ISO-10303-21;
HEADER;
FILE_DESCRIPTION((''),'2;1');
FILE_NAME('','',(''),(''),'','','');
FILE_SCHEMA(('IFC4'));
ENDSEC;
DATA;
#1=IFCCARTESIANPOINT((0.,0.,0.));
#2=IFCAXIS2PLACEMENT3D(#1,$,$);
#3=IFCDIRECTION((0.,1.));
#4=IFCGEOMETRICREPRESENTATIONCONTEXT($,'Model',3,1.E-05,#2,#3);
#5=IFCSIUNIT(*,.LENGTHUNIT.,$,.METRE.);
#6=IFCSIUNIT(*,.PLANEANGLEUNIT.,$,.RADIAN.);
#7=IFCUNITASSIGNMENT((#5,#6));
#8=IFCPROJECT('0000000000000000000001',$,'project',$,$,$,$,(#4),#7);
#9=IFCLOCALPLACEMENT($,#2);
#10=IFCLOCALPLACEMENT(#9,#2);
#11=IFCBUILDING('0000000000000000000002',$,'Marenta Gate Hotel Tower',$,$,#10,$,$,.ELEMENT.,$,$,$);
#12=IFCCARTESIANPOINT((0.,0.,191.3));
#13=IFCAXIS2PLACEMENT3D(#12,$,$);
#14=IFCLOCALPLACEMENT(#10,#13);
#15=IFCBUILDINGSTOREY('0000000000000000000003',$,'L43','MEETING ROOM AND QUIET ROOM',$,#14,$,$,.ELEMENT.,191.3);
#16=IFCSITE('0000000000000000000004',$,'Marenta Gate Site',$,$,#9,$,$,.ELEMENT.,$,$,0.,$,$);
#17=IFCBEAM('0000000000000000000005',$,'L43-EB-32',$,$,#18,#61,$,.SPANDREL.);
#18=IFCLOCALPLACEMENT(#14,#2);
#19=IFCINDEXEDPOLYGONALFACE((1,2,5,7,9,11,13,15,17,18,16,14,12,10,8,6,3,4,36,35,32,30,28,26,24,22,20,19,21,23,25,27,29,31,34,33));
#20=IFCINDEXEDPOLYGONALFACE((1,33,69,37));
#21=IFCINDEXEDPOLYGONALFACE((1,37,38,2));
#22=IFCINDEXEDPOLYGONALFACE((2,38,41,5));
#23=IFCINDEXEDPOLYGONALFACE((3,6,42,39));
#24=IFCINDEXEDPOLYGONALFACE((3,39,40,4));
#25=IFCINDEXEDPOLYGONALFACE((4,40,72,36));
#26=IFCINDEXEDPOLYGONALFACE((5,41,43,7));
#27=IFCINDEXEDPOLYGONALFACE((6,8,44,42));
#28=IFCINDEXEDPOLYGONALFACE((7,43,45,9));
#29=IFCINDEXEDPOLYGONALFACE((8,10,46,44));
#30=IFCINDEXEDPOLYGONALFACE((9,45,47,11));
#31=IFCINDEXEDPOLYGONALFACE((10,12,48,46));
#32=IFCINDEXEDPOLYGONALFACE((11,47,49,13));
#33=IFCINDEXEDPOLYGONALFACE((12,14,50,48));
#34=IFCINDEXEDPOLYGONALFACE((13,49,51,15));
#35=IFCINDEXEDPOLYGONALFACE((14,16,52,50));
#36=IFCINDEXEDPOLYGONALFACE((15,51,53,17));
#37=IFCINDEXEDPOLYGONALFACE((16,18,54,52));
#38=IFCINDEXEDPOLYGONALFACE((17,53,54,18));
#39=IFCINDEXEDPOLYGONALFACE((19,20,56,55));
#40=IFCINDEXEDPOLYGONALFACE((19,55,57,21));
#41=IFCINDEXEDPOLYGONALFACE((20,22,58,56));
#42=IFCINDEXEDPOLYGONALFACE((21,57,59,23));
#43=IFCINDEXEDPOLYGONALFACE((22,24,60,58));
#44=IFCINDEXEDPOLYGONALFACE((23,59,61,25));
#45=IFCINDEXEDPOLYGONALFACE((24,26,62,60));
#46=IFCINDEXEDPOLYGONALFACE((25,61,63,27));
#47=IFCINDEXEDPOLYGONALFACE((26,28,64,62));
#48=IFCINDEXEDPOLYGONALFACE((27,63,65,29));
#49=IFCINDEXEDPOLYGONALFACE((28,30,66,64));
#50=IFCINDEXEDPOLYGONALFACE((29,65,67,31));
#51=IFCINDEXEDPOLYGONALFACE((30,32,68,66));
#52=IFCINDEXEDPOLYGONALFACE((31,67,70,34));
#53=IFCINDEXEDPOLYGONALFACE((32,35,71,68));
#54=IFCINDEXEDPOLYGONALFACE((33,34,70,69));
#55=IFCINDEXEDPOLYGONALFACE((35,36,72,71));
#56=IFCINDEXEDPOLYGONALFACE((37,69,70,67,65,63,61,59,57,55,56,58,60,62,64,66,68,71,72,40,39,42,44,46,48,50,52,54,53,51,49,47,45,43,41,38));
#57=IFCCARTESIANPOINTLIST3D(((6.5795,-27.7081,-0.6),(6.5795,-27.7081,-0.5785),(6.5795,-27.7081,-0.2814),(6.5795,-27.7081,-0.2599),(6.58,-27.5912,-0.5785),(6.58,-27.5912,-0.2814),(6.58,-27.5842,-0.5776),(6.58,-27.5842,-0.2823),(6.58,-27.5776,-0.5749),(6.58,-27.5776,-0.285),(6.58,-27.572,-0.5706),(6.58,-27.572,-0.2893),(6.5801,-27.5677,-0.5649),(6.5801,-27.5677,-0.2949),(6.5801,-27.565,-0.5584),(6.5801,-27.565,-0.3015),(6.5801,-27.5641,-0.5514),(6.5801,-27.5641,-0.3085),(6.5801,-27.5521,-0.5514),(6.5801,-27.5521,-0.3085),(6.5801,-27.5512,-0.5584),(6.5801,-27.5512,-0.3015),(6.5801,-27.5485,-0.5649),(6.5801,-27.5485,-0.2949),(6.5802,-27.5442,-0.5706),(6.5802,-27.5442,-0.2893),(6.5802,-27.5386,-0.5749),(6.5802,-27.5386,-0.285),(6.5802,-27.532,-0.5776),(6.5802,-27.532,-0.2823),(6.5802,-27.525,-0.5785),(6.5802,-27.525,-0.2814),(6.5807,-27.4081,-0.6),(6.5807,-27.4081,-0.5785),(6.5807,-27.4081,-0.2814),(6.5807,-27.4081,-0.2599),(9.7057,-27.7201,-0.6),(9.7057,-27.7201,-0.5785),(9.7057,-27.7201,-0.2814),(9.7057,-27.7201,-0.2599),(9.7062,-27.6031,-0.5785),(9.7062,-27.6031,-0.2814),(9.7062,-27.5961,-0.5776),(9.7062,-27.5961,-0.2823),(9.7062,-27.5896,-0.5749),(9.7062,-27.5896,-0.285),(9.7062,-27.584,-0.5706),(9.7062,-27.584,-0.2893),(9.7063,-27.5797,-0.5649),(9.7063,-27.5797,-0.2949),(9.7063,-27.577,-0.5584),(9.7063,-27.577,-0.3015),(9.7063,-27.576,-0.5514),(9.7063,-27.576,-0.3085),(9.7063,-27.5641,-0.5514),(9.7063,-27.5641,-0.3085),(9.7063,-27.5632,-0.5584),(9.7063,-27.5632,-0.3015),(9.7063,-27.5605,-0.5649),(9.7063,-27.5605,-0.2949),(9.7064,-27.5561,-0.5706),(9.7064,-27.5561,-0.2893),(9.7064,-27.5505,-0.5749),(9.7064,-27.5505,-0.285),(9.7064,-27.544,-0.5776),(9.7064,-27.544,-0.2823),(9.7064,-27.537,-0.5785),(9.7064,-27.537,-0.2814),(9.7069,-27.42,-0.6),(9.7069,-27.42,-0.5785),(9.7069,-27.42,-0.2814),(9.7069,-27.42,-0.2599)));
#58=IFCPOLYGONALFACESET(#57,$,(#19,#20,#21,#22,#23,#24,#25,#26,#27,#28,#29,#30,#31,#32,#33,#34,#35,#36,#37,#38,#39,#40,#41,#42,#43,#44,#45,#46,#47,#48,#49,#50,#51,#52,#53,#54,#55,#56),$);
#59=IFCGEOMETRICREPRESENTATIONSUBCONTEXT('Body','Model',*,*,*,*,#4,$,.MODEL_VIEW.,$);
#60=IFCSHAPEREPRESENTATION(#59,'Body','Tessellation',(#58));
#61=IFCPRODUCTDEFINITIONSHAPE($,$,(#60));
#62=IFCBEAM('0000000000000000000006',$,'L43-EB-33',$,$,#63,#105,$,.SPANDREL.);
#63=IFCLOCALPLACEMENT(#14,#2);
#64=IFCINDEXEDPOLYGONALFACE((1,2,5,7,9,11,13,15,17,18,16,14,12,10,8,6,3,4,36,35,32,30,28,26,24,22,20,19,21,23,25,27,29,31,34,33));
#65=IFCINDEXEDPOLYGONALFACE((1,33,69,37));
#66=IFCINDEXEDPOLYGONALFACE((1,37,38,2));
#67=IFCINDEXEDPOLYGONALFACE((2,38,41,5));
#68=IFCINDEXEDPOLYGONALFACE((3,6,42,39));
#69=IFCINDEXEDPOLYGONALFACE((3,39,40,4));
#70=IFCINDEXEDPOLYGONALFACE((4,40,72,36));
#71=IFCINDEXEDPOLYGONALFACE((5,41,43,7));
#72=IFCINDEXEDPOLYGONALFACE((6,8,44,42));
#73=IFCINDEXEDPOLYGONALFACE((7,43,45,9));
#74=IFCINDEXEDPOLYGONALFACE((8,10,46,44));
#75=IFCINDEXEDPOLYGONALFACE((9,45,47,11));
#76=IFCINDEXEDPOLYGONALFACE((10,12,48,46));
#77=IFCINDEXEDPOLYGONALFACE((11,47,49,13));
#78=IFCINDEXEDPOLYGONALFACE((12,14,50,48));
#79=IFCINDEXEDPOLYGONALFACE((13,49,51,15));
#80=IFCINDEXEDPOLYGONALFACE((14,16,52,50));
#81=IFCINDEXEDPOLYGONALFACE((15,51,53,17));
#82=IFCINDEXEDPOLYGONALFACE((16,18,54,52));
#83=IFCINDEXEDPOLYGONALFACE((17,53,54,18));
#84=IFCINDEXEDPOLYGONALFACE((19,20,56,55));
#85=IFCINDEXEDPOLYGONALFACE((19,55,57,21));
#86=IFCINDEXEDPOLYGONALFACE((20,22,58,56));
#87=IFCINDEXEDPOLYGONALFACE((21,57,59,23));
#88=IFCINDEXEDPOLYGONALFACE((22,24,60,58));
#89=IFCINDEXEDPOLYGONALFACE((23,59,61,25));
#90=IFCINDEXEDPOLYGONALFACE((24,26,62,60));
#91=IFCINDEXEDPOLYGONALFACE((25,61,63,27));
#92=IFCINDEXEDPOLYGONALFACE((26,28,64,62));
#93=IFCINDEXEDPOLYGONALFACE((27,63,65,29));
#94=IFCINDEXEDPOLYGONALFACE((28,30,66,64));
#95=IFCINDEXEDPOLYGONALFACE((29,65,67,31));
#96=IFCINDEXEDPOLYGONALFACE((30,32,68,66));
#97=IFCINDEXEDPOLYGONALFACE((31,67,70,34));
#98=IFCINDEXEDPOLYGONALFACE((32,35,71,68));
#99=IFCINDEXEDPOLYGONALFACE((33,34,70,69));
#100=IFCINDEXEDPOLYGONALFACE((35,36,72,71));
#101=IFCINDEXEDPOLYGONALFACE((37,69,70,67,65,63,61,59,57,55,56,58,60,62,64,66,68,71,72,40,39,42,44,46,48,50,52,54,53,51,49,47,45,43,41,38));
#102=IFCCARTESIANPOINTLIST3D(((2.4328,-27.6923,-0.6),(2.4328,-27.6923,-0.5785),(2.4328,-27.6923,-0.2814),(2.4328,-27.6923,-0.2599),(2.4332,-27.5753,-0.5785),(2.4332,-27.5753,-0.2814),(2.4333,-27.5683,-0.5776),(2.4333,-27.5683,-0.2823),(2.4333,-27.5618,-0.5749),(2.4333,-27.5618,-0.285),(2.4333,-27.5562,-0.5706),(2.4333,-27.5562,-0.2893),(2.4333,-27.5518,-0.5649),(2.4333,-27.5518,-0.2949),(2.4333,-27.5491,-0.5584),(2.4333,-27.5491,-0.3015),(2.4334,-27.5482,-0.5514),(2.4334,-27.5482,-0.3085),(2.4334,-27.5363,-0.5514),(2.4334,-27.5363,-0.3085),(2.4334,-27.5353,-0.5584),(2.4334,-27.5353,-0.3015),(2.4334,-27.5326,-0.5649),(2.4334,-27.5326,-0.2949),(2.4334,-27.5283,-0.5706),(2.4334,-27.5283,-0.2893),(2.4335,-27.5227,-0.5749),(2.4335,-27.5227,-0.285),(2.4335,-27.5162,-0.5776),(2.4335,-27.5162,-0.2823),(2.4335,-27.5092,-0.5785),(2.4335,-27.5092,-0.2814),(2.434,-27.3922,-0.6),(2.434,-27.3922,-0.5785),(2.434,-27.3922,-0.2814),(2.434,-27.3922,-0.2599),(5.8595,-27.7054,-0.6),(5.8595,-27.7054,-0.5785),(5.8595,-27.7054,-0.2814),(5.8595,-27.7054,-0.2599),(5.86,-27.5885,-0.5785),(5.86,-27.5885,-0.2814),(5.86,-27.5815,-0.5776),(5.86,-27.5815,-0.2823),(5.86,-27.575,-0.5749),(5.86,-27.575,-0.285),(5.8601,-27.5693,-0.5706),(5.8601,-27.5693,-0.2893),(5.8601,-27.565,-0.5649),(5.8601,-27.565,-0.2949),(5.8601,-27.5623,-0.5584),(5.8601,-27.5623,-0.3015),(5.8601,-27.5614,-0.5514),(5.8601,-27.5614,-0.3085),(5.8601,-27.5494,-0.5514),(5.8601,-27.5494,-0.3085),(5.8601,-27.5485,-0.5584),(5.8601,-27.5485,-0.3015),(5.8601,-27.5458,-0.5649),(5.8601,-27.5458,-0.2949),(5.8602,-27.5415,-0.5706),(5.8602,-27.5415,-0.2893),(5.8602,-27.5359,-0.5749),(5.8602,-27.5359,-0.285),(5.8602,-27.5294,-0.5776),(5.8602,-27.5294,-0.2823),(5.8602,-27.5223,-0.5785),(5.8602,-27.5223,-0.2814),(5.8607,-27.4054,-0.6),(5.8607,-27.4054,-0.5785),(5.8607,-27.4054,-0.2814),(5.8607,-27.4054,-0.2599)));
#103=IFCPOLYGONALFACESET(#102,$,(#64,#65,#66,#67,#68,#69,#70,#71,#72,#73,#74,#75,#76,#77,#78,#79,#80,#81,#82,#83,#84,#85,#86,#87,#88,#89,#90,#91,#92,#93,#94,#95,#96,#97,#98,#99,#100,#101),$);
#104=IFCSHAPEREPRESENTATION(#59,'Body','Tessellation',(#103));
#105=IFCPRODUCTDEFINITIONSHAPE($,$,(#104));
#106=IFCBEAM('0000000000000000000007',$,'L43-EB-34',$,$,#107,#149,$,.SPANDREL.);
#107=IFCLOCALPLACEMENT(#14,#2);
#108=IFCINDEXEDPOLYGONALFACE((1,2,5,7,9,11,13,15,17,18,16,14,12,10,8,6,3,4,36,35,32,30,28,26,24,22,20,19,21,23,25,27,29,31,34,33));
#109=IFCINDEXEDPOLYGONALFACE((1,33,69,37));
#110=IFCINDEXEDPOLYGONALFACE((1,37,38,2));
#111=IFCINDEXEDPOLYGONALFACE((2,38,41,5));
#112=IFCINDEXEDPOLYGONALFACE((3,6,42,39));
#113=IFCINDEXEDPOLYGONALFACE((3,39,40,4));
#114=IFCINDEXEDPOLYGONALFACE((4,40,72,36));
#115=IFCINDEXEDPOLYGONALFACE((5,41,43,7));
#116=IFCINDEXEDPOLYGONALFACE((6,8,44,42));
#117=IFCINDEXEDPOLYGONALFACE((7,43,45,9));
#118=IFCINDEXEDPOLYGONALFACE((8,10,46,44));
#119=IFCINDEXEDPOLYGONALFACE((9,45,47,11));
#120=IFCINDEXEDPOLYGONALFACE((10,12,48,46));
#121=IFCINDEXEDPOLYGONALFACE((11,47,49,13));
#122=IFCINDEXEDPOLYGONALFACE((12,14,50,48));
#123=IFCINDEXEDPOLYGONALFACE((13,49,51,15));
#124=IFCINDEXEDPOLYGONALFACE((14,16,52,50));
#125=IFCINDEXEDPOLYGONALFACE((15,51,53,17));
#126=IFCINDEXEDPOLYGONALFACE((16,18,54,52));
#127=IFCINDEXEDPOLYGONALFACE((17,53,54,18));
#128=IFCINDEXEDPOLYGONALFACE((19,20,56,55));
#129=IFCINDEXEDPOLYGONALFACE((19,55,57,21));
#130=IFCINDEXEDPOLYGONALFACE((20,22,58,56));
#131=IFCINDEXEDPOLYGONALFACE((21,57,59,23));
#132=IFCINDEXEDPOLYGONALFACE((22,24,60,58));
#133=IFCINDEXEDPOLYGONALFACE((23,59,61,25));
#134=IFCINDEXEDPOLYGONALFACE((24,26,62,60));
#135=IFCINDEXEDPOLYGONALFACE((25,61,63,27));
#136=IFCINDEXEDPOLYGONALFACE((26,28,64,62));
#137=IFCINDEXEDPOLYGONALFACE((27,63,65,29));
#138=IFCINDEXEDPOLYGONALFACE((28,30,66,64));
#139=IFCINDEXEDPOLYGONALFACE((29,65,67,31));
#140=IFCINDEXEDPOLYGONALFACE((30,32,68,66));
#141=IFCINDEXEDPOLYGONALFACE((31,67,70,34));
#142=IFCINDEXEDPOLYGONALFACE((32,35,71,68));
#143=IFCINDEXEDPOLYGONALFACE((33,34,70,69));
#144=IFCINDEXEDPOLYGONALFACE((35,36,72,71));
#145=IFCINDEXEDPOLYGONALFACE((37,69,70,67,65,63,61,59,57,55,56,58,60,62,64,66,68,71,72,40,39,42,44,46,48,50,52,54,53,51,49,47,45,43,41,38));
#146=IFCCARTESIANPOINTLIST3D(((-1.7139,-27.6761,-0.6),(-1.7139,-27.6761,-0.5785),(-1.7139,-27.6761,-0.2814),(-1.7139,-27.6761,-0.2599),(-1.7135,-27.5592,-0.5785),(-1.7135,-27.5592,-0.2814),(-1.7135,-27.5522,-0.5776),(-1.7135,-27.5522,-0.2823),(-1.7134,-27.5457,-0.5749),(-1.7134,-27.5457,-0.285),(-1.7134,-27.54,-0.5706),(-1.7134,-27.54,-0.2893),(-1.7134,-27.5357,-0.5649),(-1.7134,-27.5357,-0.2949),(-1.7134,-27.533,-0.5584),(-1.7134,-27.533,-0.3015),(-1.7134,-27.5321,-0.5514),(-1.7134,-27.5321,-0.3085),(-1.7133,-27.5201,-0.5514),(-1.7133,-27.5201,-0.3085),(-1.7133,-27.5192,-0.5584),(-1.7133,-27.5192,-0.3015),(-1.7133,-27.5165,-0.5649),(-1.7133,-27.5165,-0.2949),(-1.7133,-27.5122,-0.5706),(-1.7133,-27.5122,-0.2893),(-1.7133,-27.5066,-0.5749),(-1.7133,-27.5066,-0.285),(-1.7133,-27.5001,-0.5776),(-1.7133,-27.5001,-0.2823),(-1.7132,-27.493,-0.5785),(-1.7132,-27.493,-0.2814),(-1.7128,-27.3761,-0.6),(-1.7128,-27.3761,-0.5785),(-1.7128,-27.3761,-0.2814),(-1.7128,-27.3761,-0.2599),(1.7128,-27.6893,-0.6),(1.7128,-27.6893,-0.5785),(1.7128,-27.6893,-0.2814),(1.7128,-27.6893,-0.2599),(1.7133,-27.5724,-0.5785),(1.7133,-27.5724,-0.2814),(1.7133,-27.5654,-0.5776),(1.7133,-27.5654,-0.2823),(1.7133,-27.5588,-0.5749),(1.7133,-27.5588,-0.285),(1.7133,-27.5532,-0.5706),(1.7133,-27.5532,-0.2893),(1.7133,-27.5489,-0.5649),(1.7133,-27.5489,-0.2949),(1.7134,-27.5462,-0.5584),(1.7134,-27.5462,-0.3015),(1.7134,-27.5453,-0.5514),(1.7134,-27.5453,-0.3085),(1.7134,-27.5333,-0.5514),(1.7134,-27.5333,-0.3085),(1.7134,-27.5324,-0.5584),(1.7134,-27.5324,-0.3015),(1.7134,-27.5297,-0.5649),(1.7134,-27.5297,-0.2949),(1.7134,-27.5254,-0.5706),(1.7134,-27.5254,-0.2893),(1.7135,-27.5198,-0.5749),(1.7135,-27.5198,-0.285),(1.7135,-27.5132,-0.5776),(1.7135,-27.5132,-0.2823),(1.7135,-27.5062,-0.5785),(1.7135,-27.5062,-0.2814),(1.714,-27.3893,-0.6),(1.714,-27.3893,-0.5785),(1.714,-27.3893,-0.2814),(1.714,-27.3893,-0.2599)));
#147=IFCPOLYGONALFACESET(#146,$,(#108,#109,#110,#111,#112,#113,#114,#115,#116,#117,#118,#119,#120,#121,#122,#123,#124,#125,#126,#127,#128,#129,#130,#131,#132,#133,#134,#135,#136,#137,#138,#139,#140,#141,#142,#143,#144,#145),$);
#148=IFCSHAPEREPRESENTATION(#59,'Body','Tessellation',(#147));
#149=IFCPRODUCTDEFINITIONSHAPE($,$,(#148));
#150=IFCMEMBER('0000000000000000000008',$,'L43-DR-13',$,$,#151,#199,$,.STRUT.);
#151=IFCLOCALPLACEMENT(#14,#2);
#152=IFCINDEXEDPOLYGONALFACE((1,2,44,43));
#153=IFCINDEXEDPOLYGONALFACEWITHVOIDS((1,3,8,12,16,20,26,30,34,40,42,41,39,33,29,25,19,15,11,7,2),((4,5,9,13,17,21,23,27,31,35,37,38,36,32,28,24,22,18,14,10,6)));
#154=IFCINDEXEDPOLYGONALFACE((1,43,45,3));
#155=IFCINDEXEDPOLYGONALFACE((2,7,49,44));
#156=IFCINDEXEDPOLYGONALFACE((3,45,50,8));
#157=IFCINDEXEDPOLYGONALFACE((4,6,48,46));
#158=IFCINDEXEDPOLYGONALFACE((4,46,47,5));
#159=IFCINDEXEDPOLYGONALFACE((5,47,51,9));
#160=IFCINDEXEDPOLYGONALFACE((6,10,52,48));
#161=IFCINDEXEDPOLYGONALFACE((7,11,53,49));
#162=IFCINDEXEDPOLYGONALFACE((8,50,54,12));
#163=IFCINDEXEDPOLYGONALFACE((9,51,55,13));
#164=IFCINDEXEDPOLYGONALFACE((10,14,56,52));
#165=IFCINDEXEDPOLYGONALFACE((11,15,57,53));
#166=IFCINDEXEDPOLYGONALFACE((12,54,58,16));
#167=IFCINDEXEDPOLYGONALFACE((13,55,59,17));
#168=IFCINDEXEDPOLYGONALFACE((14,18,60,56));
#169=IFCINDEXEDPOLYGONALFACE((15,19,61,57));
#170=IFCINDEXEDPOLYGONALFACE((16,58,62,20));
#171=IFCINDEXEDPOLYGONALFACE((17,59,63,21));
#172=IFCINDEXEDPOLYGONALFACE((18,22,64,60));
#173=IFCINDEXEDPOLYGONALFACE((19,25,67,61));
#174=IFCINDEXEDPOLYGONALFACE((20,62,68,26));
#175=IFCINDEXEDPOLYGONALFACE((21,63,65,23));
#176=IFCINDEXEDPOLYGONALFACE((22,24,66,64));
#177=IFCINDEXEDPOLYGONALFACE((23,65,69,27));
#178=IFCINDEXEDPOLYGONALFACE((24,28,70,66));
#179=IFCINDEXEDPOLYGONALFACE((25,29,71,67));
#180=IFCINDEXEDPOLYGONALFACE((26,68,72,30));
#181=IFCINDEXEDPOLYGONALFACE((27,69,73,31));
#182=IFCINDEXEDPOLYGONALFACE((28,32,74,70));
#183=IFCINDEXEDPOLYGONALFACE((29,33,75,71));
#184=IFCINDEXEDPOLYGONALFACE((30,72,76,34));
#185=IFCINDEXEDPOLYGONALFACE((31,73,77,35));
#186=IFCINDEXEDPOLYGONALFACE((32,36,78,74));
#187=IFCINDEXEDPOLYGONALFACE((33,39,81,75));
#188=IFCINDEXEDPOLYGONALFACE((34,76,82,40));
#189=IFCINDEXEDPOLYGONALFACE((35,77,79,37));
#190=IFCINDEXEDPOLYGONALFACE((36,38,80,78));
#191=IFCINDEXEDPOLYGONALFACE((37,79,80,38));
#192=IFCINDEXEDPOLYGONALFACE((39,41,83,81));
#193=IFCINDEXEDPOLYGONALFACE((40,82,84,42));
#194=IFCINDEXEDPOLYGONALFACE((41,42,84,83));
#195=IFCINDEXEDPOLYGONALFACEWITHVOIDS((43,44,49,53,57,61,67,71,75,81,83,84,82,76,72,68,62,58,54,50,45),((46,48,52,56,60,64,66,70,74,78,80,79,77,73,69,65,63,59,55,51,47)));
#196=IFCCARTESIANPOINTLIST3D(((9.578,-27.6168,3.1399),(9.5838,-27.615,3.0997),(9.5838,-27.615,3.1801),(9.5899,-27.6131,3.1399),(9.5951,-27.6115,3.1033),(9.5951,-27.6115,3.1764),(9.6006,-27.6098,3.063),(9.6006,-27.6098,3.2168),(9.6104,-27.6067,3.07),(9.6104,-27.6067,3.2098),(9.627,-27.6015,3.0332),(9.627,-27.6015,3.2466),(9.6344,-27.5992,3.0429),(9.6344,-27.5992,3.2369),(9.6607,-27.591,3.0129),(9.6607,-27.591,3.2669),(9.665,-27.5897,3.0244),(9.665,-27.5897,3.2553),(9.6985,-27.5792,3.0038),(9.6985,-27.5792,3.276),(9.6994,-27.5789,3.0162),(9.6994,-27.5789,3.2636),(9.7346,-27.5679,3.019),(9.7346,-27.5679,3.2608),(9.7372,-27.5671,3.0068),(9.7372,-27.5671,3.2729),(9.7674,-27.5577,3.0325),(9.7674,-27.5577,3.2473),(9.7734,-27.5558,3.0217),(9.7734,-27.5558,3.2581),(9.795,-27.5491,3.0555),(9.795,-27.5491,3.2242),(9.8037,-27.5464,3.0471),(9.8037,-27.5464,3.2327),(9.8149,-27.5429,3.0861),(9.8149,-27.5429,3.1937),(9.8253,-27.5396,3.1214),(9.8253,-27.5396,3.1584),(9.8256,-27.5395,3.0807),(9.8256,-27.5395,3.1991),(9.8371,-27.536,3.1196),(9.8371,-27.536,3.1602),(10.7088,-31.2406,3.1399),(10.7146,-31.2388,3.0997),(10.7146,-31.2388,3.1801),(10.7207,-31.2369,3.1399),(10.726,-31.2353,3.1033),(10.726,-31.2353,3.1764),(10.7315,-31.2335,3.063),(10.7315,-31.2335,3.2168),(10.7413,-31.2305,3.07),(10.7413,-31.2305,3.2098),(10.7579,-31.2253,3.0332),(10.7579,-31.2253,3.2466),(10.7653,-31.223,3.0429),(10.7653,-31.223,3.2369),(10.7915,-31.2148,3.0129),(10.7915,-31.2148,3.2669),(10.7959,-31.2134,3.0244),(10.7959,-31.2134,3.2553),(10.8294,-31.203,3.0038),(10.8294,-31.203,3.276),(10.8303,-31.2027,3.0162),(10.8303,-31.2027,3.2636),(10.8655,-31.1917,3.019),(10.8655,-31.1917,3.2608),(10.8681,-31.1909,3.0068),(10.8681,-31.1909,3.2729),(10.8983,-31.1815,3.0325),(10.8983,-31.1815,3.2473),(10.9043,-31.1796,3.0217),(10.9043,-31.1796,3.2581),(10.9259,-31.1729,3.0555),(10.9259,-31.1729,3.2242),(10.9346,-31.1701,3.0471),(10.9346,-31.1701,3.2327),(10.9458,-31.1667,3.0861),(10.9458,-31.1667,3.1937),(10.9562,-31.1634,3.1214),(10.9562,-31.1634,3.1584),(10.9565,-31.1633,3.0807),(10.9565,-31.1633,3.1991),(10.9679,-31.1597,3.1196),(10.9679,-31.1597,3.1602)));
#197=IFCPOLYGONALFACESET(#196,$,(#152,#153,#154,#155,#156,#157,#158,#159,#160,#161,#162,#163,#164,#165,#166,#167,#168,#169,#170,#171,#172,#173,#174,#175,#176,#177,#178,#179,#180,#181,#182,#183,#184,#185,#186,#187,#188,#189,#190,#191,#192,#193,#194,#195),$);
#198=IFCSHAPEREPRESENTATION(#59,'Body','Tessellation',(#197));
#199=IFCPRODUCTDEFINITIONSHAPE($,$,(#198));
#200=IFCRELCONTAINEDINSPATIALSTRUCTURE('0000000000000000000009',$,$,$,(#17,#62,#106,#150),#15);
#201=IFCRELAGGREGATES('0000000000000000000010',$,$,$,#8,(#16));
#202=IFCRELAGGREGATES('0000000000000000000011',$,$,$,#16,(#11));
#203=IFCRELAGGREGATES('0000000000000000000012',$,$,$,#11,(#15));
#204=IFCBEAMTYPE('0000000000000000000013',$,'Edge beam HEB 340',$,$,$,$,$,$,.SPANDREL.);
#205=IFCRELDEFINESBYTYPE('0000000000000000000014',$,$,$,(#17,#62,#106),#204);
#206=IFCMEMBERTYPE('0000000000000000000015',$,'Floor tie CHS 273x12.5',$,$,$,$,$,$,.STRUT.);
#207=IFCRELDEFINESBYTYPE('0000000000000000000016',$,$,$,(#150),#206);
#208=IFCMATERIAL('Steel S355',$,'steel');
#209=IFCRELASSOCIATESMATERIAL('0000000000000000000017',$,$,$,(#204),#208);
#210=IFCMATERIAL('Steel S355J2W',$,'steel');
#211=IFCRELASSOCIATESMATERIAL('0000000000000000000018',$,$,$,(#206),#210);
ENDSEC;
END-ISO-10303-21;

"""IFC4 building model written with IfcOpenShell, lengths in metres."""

from ifc_helpers import new_model, si_unit, direction, frame, origin, origin_2d, place, context, subcontext, project, spatial, hollow_circle, i_section, extrude, material, material_profile, profile_set, type_object, element, save


model = new_model("IFC4")

# Units and contexts
model_context = context("Model", 3, precision=1e-05, world=origin(), true_north=direction((0.0, 1.0)))
body_context = subcontext(model_context, "Body", "Model", "MODEL_VIEW")
ifc_project = project(units=[si_unit("LENGTHUNIT", "METRE"), si_unit("PLANEANGLEUNIT", "RADIAN")], contexts=[model_context])

# Site, building, storey
site_placement = place(None, origin())
site = spatial("IfcSite", under=ifc_project, at=site_placement, Name="Marenta Gate Site", CompositionType="ELEMENT", RefElevation=0.0)
building_placement = place(site_placement, origin())
building = spatial("IfcBuilding", under=site, at=building_placement, Name="Marenta Gate Hotel Tower", CompositionType="ELEMENT")
storey_placement = place(building_placement, frame((0.0, 0.0, 191.3)))
storey = spatial("IfcBuildingStorey", under=building, at=storey_placement, Name="L43", Description="MEETING ROOM AND QUIET ROOM", CompositionType="ELEMENT", Elevation=191.3)

# Beams
ifc_material_1 = material(Name="Steel S355", Category="steel")
ifc_material_profile_1 = material_profile(ifc_material_1, i_section(OverallWidth=0.3, OverallDepth=0.3401, WebThickness=0.012, FlangeThickness=0.0215, FilletRadius=0.0271, at=origin_2d()), Name="HEB 340")
ifc_profile_set_1 = profile_set([ifc_material_profile_1], Name="Steel S355")
beam_type = type_object("IfcBeamType", Name="Edge beam HEB 340", PredefinedType="SPANDREL", material=ifc_profile_set_1)
beam_placement = place(storey_placement, frame((9.7063, -27.5701, -0.4299), z_axis=(-0.999993, 0.003827, 0.0), x_axis=(-0.003827, -0.999993, 0.0)))
element("IfcBeam", 1, at=beam_placement, inside=storey, type_object=beam_type, Name="L43-EB-32", PredefinedType="SPANDREL", context=body_context, shape_type="SweptSolid", body=[
    extrude(i_section(OverallWidth=0.3, OverallDepth=0.3401, WebThickness=0.012, FlangeThickness=0.0215, FilletRadius=0.0271, at=origin_2d()), origin(), (0.0, 0.0, 1.0), 3.1262),
])
for number, where, z_axis, x_axis, name in (
    (2, (5.8601, -27.5554, -0.4299), (-0.999993, 0.003847, 0.0), (-0.003847, -0.999993, 0.0), "L43-EB-33"),
    (3, (1.7134, -27.5393, -0.4299), (-0.999993, 0.003847, 0.0), (-0.003847, -0.999993, 0.0), "L43-EB-34"),
):
    element("IfcBeam", number, at=place(storey_placement, frame(where, z_axis=z_axis, x_axis=x_axis)), inside=storey, type_object=beam_type, Name=name, PredefinedType="SPANDREL", context=body_context, shape_type="SweptSolid", body=[
        extrude(i_section(OverallWidth=0.3, OverallDepth=0.3401, WebThickness=0.012, FlangeThickness=0.0215, FilletRadius=0.0271, at=origin_2d()), origin(), (0.0, 0.0, 1.0), 3.4268),
    ])

# Member
ifc_material_2 = material(Name="Steel S355J2W", Category="steel")
ifc_material_profile_2 = material_profile(ifc_material_2, hollow_circle(Radius=0.1365, WallThickness=0.0125, at=origin_2d()), Name="CHS 273x12.5")
ifc_profile_set_2 = profile_set([ifc_material_profile_2], Name="Steel S355J2W")
member_type_1 = type_object("IfcMemberType", Name="Floor tie CHS 273x12.5", PredefinedType="STRUT", material=ifc_profile_set_2)
member_1_placement = place(storey_placement, frame((10.8391, -31.2, 3.1399), z_axis=(-0.297898, 0.954598, 0.0), x_axis=(-0.954598, -0.297898, 0.0)))
element("IfcMember", 4, at=member_1_placement, inside=storey, type_object=member_type_1, Name="L43-DR-13", PredefinedType="STRUT", context=body_context, shape_type="SweptSolid", body=[
    extrude(hollow_circle(Radius=0.1365, WallThickness=0.0125, at=origin_2d()), origin(), (0.0, 0.0, 1.0), 3.7961),
])

save(model, "model.ifc")
